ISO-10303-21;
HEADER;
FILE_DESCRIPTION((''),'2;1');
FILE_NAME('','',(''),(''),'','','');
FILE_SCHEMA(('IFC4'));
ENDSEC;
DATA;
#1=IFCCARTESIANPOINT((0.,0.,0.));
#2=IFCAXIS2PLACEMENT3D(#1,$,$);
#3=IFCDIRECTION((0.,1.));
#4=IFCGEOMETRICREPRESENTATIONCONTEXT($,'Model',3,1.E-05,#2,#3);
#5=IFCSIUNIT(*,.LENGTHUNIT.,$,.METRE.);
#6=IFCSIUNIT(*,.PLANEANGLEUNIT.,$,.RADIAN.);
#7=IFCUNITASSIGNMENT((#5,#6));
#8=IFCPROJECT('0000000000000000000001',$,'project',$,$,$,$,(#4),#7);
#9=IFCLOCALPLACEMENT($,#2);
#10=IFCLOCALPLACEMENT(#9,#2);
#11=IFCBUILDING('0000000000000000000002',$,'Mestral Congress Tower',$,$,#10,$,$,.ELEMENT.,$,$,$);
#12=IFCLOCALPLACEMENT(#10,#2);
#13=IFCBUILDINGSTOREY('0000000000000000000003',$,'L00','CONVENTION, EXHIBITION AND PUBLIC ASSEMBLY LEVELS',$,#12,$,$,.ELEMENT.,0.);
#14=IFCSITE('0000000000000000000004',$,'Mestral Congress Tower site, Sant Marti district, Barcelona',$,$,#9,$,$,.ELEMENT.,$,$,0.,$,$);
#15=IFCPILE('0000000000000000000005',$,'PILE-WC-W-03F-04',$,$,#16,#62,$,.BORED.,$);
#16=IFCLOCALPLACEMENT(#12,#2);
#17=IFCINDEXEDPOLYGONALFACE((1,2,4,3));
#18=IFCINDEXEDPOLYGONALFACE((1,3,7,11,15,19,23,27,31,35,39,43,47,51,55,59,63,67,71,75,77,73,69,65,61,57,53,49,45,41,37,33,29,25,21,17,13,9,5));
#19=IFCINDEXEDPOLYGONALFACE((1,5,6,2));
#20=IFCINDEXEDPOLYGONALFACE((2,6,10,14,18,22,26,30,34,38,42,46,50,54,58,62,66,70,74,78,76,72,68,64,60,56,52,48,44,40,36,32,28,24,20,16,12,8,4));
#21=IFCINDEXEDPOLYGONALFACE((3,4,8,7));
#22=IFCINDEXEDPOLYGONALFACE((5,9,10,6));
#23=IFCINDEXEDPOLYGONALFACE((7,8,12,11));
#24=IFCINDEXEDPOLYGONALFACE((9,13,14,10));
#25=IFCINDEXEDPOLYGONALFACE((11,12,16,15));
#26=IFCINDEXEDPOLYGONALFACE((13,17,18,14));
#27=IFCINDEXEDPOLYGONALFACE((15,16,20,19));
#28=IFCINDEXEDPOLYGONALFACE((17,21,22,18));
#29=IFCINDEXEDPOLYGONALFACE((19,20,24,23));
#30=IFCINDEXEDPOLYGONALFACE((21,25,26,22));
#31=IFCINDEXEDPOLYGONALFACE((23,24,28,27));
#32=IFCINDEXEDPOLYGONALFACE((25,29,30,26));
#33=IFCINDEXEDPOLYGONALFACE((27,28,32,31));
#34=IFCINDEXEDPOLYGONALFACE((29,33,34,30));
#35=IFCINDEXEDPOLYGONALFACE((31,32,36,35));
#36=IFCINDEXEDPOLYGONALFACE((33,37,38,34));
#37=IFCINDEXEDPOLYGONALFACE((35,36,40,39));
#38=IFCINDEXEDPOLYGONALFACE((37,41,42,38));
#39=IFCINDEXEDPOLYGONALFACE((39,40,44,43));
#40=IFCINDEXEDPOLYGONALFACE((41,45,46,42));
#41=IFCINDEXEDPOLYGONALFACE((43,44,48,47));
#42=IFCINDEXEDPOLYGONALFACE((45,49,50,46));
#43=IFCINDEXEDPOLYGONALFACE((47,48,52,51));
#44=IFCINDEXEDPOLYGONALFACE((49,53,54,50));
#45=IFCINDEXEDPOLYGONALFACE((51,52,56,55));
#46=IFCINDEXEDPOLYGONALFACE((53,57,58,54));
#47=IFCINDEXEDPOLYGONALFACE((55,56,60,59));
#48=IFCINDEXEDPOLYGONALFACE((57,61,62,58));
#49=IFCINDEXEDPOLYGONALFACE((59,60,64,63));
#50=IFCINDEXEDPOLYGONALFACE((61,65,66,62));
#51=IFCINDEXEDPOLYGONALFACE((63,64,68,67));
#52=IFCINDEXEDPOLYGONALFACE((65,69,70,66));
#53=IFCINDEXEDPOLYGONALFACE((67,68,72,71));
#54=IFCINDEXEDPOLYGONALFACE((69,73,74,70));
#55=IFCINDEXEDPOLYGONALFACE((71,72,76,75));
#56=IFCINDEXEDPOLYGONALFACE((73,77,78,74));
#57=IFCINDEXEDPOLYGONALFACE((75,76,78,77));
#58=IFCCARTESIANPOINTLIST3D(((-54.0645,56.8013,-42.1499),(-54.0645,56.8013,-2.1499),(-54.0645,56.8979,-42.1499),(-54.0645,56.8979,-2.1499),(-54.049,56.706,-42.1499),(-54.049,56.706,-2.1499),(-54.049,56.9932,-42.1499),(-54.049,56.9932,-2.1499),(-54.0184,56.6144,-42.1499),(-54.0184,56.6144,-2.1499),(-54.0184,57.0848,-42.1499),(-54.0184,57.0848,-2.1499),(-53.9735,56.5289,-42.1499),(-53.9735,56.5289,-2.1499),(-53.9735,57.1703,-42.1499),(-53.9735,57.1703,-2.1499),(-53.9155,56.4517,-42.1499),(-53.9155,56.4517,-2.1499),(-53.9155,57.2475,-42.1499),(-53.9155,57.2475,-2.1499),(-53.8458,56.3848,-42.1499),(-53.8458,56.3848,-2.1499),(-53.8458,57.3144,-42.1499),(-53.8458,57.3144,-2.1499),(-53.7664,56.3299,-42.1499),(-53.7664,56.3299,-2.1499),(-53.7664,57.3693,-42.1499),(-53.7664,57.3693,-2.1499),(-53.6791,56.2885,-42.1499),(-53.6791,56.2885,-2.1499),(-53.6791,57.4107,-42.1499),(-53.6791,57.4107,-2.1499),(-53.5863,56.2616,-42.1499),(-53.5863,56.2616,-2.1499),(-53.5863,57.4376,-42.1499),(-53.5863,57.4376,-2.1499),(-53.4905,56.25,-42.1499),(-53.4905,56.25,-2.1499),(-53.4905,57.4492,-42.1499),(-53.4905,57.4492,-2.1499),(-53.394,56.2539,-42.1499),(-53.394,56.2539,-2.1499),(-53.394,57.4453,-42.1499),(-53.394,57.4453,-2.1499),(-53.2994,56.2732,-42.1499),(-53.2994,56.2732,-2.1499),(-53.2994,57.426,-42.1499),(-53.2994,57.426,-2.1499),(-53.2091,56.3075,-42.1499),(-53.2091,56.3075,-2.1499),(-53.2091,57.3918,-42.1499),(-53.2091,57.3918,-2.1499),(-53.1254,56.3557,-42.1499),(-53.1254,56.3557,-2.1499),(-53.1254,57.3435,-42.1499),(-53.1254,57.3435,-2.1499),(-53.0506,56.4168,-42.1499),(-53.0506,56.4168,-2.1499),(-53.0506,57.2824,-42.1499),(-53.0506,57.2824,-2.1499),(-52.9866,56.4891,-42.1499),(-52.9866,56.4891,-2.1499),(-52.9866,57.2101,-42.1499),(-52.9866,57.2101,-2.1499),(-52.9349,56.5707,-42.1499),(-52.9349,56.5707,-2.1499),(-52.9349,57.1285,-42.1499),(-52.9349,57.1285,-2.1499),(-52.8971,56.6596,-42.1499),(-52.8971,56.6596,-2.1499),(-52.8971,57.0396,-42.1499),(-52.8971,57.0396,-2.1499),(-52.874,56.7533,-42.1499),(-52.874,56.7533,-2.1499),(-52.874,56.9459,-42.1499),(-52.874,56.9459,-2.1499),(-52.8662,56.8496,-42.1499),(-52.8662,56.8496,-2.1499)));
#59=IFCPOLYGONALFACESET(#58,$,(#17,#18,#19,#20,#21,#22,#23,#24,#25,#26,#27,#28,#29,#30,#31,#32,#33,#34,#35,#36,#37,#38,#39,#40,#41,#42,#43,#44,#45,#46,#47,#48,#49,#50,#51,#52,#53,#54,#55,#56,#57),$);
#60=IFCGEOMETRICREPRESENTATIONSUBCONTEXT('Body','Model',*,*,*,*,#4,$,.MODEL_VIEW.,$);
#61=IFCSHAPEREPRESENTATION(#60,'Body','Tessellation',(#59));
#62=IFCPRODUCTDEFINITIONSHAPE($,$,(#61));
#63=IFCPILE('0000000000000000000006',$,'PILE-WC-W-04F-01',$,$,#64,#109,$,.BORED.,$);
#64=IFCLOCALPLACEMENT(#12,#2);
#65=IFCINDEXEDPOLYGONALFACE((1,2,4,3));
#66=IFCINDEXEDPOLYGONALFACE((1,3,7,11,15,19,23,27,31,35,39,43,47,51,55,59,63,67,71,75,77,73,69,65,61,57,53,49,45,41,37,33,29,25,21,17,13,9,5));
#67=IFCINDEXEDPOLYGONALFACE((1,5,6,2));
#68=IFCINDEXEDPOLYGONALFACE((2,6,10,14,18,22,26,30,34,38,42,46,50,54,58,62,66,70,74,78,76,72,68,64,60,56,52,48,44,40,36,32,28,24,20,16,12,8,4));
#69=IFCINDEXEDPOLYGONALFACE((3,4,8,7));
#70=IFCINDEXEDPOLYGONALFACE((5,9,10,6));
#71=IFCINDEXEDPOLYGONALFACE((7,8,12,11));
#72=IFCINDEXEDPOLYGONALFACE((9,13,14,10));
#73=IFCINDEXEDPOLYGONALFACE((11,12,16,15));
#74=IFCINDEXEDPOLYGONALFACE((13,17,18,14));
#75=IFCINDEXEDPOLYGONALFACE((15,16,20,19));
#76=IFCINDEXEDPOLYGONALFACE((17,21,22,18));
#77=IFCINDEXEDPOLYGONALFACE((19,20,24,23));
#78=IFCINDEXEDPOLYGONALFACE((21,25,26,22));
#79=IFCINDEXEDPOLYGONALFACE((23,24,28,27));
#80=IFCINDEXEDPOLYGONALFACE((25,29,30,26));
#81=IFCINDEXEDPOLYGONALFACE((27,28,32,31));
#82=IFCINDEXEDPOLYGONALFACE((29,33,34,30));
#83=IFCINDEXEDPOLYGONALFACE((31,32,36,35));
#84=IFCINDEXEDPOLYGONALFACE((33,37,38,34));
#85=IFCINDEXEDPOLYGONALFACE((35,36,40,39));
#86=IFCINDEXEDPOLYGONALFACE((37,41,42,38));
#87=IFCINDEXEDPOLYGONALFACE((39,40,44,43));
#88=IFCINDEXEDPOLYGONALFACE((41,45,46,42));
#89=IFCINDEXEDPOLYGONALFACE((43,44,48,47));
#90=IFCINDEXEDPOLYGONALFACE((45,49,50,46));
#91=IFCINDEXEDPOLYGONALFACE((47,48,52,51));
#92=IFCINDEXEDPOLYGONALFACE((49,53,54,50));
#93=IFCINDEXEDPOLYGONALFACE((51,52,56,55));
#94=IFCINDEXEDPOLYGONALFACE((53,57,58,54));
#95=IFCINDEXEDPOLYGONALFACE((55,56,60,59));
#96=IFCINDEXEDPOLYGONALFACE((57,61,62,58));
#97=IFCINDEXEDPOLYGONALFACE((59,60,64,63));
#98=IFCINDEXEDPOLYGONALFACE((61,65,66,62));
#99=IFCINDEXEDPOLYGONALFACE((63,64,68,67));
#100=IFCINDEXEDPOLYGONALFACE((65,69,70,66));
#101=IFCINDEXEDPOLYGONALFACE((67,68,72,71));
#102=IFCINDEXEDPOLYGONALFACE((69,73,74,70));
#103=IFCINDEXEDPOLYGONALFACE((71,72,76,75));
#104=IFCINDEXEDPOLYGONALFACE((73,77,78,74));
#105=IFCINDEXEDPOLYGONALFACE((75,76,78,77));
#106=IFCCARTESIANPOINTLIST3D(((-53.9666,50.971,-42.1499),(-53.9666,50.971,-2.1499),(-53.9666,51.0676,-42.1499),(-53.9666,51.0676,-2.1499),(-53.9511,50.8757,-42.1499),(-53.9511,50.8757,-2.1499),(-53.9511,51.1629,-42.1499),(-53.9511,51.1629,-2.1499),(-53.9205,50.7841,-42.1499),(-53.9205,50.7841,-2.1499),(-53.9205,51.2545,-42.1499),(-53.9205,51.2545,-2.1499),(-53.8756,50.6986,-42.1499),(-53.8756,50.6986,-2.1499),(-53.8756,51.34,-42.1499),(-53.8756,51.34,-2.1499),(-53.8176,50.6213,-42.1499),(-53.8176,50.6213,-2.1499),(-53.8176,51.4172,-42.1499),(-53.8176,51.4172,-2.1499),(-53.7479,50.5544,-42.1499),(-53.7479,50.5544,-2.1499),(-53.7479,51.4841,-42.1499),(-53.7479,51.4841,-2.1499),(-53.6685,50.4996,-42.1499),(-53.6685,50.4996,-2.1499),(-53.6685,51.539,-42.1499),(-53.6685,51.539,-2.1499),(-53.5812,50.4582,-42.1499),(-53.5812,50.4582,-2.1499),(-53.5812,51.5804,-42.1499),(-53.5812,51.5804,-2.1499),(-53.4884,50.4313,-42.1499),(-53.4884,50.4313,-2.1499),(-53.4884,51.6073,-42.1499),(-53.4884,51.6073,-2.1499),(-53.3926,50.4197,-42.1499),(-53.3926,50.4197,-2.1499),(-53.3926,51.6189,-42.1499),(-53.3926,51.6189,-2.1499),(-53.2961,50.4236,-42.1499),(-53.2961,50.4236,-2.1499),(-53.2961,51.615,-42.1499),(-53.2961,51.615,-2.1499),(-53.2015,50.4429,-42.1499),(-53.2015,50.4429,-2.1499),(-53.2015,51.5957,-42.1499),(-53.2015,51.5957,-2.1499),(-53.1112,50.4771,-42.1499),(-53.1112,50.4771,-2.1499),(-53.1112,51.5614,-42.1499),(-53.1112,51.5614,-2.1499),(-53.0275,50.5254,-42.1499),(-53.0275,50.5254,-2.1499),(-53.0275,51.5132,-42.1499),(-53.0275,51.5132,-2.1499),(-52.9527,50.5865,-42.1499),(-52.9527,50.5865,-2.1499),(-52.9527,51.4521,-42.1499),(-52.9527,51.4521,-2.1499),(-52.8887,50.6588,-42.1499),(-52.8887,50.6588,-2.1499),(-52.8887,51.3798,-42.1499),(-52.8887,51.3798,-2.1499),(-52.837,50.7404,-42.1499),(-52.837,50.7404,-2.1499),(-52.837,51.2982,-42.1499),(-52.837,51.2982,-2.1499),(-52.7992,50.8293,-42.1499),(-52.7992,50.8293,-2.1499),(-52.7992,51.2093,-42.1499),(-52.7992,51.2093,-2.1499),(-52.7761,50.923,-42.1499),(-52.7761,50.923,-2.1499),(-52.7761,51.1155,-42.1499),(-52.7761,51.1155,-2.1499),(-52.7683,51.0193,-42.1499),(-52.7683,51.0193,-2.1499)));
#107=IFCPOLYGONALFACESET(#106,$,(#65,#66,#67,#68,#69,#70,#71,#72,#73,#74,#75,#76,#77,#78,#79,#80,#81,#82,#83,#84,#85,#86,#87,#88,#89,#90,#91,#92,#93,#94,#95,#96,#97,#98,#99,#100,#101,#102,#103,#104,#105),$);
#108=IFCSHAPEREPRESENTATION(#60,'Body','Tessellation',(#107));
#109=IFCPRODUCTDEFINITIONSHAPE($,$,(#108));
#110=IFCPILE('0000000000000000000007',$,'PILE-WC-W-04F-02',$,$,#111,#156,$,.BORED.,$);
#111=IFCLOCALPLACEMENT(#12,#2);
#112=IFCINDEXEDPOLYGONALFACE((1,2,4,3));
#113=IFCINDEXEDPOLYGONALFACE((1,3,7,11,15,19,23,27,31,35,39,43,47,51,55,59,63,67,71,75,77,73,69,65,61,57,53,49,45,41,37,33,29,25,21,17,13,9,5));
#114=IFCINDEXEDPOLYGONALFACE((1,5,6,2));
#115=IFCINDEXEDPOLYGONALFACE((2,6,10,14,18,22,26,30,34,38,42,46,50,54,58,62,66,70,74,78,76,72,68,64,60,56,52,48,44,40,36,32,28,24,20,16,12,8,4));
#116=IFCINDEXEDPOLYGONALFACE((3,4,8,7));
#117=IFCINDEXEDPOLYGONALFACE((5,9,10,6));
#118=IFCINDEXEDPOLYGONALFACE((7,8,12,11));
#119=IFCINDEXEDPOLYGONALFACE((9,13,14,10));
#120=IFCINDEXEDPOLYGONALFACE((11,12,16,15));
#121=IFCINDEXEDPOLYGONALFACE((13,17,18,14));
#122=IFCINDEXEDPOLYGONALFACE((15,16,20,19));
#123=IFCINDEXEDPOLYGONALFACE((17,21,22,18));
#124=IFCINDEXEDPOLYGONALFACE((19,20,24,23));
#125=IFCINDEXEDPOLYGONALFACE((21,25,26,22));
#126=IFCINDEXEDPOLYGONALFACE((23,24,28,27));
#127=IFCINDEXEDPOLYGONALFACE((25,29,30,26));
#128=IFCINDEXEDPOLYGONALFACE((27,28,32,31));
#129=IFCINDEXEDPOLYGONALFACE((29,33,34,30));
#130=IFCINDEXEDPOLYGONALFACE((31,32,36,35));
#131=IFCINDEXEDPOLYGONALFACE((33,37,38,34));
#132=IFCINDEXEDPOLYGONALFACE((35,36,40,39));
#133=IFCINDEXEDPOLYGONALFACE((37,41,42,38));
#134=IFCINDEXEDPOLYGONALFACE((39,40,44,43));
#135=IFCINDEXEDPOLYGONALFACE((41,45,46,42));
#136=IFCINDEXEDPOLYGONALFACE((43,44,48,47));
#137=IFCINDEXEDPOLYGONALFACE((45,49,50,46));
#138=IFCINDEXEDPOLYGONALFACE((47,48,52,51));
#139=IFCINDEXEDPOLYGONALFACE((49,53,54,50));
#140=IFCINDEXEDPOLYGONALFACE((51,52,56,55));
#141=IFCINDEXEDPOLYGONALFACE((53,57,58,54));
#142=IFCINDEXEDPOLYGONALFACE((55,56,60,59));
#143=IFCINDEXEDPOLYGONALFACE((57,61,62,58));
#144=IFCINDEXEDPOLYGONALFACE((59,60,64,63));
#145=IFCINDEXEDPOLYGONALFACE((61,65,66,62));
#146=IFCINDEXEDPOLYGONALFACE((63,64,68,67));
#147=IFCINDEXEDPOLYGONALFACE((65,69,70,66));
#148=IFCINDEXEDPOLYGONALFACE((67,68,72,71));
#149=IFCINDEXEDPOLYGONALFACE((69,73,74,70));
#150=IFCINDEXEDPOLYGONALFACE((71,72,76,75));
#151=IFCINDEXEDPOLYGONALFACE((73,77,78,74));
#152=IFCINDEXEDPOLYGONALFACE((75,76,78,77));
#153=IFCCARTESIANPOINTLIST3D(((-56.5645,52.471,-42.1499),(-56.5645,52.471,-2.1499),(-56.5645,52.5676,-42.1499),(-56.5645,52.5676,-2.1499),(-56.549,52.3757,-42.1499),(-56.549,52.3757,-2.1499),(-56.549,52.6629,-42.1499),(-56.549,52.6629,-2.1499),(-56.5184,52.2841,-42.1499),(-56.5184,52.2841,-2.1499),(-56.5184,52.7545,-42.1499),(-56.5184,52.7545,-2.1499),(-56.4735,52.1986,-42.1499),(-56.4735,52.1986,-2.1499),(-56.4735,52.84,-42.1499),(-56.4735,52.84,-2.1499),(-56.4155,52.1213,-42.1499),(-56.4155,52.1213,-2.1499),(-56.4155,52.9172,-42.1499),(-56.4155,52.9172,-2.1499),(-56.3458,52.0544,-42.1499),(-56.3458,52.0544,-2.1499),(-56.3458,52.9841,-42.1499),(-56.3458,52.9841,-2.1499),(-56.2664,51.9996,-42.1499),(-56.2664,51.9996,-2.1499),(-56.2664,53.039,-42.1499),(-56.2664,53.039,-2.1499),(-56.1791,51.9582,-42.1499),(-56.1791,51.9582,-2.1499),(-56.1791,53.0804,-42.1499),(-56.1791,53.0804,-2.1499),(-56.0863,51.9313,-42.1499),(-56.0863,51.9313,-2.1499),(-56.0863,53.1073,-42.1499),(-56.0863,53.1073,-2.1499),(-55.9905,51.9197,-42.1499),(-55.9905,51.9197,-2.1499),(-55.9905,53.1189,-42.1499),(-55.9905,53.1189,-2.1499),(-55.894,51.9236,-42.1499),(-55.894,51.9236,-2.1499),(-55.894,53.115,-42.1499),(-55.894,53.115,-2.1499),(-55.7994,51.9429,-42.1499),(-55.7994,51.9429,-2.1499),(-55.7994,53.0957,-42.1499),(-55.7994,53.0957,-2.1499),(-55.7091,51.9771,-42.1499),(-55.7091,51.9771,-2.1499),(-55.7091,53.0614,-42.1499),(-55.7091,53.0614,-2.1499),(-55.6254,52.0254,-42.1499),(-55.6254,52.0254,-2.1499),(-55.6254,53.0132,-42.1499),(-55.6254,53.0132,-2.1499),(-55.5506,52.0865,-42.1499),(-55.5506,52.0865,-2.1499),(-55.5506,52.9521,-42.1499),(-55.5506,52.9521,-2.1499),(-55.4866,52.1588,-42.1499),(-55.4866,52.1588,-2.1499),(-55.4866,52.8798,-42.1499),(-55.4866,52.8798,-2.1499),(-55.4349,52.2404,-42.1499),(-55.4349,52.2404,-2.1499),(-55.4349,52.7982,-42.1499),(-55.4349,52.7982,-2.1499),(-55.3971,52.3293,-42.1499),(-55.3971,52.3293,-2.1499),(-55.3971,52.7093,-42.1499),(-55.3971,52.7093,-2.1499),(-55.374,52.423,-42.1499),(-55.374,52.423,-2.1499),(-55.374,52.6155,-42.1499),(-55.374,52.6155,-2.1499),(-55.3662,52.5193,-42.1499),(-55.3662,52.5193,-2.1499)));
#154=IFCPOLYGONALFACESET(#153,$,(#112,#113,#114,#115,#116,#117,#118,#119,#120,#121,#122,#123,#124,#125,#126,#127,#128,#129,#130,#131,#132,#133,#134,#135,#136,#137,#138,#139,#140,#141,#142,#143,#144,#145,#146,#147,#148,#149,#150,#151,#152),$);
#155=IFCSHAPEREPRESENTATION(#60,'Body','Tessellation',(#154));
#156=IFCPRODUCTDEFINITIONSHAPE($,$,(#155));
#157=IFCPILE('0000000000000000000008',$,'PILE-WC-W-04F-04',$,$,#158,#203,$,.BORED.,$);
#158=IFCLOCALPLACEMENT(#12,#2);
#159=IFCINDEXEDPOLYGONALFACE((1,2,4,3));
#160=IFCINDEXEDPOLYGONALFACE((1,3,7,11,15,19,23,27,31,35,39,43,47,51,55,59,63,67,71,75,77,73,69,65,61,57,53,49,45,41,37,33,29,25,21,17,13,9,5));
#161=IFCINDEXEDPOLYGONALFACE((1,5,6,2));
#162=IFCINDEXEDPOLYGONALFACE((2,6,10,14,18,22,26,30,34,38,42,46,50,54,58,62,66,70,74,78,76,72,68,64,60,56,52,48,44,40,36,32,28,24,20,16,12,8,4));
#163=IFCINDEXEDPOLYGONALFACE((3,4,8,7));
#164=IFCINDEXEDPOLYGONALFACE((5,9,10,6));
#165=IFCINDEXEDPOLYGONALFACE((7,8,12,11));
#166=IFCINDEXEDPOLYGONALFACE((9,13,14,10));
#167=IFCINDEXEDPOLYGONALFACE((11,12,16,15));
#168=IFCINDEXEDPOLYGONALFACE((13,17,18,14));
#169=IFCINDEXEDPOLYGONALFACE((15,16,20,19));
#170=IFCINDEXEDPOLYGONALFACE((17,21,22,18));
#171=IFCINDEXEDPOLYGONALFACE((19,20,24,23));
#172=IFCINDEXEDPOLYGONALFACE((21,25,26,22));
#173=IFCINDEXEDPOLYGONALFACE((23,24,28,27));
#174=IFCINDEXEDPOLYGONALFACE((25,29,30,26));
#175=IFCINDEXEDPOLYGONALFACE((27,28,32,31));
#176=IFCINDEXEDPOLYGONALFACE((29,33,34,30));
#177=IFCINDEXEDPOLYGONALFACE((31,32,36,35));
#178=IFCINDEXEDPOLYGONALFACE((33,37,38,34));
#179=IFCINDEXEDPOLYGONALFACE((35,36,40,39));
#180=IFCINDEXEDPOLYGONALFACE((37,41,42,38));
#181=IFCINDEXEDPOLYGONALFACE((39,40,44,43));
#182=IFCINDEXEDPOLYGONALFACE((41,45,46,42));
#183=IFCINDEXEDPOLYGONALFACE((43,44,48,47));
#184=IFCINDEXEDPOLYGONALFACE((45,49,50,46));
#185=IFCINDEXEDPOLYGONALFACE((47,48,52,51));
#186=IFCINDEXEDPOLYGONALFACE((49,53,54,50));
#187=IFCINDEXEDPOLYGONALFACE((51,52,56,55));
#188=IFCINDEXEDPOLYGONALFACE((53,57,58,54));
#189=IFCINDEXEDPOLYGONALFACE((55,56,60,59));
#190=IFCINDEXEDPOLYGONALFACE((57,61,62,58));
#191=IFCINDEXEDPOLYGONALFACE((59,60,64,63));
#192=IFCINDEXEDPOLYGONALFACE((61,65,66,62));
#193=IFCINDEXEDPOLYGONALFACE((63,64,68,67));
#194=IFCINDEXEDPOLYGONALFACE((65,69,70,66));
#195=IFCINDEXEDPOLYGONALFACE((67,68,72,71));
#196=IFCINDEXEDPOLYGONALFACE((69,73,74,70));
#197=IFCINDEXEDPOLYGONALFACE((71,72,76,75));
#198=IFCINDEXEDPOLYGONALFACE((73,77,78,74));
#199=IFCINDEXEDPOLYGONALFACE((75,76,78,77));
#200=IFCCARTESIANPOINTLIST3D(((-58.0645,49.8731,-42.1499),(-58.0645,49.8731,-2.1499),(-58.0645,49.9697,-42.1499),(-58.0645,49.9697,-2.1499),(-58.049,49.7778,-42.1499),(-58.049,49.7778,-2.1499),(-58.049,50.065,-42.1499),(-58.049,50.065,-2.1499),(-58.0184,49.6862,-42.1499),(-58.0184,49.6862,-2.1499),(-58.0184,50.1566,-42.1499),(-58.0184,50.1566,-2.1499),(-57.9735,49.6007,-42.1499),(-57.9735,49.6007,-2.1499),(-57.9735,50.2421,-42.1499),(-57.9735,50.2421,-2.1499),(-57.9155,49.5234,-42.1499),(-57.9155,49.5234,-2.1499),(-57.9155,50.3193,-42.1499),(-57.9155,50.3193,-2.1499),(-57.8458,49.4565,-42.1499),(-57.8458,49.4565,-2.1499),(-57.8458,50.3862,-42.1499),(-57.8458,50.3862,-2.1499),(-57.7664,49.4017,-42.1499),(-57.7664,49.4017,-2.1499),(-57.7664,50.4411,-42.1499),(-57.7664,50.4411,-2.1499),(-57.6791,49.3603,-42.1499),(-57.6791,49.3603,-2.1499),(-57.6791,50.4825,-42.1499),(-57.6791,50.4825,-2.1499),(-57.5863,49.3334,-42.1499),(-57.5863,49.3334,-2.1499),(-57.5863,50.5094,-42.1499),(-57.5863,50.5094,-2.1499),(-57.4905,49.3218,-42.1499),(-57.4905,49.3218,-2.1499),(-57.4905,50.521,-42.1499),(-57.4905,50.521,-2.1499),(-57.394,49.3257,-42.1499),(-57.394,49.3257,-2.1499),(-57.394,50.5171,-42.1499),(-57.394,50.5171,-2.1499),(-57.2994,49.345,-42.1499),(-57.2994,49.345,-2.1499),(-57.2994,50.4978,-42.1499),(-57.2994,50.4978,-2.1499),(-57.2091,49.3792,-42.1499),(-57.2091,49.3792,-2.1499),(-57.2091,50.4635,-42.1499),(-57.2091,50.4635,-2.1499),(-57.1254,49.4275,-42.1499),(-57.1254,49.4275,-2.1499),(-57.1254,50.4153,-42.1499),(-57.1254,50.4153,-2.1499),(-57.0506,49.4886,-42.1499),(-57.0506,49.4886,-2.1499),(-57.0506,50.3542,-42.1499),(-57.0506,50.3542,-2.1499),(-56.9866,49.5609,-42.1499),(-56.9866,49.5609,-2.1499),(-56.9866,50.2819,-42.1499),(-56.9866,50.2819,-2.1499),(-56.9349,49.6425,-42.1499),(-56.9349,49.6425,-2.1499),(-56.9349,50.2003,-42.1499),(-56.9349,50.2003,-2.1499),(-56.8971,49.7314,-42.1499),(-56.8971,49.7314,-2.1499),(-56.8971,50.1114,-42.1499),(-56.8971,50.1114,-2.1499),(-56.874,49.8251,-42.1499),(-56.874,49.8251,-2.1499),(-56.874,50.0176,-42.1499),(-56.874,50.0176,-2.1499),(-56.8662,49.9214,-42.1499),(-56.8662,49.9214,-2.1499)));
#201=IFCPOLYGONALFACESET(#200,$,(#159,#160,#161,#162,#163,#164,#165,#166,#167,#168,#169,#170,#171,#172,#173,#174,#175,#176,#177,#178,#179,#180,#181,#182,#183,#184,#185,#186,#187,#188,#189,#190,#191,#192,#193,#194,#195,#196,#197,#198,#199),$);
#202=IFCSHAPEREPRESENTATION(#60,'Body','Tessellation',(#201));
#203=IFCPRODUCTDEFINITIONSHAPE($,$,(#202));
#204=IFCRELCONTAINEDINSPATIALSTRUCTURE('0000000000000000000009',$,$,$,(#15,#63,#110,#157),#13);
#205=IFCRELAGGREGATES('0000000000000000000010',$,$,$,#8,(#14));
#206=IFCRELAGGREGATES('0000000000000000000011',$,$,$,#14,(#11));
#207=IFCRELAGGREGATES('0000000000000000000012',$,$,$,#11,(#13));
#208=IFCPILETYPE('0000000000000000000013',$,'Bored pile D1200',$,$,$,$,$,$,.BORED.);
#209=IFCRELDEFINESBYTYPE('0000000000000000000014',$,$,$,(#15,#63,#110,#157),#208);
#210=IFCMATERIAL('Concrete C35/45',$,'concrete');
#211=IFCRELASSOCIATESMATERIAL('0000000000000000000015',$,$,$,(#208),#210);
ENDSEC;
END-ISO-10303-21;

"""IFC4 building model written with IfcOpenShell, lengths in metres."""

from ifc_helpers import new_model, si_unit, direction, frame, origin, origin_2d, place, context, subcontext, project, spatial, circle, extrude, material, material_profile, profile_set, type_object, element, save


model = new_model("IFC4")

# Units and contexts
model_context = context("Model", 3, precision=1e-05, world=origin(), true_north=direction((0.0, 1.0)))
body_context = subcontext(model_context, "Body", "Model", "MODEL_VIEW")
ifc_project = project(units=[si_unit("LENGTHUNIT", "METRE"), si_unit("PLANEANGLEUNIT", "RADIAN")], contexts=[model_context])

# Site, building, storey
site_placement = place(None, origin())
site = spatial("IfcSite", under=ifc_project, at=site_placement, Name="Mestral Congress Tower site, Sant Marti district, Barcelona", CompositionType="ELEMENT", RefElevation=0.0)
building_placement = place(site_placement, origin())
building = spatial("IfcBuilding", under=site, at=building_placement, Name="Mestral Congress Tower", CompositionType="ELEMENT")
storey_placement = place(building_placement, origin())
storey = spatial("IfcBuildingStorey", under=building, at=storey_placement, Name="L00", Description="CONVENTION, EXHIBITION AND PUBLIC ASSEMBLY LEVELS", CompositionType="ELEMENT", Elevation=0.0)

# Piles
ifc_material_1 = material(Name="Concrete C35/45", Category="concrete")
ifc_material_profile_1 = material_profile(ifc_material_1, circle(Radius=0.6001, at=origin_2d()), Name="D1200")
ifc_profile_set_1 = profile_set([ifc_material_profile_1], Name="Concrete C35/45")
pile_type = type_object("IfcPileType", Name="Bored pile D1200", PredefinedType="BORED", material=ifc_profile_set_1)
for number, where, z_axis, x_axis, name in (
    (1, (-53.4663, 56.8496, -2.1499), (0.0, 0.0, -1.0), (1.0, 0.0, 0.0), "PILE-WC-W-03F-04"),
    (2, (-53.3684, 51.0193, -2.1499), (0.0, 0.0, -1.0), (1.0, 0.0, 0.0), "PILE-WC-W-04F-01"),
    (3, (-55.9663, 52.5193, -2.1499), (0.0, 0.0, -1.0), (1.0, 0.0, 0.0), "PILE-WC-W-04F-02"),
    (4, (-57.4663, 49.9214, -2.1499), (0.0, 0.0, -1.0), (1.0, 0.0, 0.0), "PILE-WC-W-04F-04"),
):
    element("IfcPile", number, at=place(storey_placement, frame(where, z_axis=z_axis, x_axis=x_axis)), inside=storey, type_object=pile_type, Name=name, PredefinedType="BORED", context=body_context, shape_type="SweptSolid", body=[
        extrude(circle(Radius=0.6001, at=origin_2d()), origin(), (0.0, 0.0, 1.0), 40.0),
    ])

save(model, "model.ifc")
